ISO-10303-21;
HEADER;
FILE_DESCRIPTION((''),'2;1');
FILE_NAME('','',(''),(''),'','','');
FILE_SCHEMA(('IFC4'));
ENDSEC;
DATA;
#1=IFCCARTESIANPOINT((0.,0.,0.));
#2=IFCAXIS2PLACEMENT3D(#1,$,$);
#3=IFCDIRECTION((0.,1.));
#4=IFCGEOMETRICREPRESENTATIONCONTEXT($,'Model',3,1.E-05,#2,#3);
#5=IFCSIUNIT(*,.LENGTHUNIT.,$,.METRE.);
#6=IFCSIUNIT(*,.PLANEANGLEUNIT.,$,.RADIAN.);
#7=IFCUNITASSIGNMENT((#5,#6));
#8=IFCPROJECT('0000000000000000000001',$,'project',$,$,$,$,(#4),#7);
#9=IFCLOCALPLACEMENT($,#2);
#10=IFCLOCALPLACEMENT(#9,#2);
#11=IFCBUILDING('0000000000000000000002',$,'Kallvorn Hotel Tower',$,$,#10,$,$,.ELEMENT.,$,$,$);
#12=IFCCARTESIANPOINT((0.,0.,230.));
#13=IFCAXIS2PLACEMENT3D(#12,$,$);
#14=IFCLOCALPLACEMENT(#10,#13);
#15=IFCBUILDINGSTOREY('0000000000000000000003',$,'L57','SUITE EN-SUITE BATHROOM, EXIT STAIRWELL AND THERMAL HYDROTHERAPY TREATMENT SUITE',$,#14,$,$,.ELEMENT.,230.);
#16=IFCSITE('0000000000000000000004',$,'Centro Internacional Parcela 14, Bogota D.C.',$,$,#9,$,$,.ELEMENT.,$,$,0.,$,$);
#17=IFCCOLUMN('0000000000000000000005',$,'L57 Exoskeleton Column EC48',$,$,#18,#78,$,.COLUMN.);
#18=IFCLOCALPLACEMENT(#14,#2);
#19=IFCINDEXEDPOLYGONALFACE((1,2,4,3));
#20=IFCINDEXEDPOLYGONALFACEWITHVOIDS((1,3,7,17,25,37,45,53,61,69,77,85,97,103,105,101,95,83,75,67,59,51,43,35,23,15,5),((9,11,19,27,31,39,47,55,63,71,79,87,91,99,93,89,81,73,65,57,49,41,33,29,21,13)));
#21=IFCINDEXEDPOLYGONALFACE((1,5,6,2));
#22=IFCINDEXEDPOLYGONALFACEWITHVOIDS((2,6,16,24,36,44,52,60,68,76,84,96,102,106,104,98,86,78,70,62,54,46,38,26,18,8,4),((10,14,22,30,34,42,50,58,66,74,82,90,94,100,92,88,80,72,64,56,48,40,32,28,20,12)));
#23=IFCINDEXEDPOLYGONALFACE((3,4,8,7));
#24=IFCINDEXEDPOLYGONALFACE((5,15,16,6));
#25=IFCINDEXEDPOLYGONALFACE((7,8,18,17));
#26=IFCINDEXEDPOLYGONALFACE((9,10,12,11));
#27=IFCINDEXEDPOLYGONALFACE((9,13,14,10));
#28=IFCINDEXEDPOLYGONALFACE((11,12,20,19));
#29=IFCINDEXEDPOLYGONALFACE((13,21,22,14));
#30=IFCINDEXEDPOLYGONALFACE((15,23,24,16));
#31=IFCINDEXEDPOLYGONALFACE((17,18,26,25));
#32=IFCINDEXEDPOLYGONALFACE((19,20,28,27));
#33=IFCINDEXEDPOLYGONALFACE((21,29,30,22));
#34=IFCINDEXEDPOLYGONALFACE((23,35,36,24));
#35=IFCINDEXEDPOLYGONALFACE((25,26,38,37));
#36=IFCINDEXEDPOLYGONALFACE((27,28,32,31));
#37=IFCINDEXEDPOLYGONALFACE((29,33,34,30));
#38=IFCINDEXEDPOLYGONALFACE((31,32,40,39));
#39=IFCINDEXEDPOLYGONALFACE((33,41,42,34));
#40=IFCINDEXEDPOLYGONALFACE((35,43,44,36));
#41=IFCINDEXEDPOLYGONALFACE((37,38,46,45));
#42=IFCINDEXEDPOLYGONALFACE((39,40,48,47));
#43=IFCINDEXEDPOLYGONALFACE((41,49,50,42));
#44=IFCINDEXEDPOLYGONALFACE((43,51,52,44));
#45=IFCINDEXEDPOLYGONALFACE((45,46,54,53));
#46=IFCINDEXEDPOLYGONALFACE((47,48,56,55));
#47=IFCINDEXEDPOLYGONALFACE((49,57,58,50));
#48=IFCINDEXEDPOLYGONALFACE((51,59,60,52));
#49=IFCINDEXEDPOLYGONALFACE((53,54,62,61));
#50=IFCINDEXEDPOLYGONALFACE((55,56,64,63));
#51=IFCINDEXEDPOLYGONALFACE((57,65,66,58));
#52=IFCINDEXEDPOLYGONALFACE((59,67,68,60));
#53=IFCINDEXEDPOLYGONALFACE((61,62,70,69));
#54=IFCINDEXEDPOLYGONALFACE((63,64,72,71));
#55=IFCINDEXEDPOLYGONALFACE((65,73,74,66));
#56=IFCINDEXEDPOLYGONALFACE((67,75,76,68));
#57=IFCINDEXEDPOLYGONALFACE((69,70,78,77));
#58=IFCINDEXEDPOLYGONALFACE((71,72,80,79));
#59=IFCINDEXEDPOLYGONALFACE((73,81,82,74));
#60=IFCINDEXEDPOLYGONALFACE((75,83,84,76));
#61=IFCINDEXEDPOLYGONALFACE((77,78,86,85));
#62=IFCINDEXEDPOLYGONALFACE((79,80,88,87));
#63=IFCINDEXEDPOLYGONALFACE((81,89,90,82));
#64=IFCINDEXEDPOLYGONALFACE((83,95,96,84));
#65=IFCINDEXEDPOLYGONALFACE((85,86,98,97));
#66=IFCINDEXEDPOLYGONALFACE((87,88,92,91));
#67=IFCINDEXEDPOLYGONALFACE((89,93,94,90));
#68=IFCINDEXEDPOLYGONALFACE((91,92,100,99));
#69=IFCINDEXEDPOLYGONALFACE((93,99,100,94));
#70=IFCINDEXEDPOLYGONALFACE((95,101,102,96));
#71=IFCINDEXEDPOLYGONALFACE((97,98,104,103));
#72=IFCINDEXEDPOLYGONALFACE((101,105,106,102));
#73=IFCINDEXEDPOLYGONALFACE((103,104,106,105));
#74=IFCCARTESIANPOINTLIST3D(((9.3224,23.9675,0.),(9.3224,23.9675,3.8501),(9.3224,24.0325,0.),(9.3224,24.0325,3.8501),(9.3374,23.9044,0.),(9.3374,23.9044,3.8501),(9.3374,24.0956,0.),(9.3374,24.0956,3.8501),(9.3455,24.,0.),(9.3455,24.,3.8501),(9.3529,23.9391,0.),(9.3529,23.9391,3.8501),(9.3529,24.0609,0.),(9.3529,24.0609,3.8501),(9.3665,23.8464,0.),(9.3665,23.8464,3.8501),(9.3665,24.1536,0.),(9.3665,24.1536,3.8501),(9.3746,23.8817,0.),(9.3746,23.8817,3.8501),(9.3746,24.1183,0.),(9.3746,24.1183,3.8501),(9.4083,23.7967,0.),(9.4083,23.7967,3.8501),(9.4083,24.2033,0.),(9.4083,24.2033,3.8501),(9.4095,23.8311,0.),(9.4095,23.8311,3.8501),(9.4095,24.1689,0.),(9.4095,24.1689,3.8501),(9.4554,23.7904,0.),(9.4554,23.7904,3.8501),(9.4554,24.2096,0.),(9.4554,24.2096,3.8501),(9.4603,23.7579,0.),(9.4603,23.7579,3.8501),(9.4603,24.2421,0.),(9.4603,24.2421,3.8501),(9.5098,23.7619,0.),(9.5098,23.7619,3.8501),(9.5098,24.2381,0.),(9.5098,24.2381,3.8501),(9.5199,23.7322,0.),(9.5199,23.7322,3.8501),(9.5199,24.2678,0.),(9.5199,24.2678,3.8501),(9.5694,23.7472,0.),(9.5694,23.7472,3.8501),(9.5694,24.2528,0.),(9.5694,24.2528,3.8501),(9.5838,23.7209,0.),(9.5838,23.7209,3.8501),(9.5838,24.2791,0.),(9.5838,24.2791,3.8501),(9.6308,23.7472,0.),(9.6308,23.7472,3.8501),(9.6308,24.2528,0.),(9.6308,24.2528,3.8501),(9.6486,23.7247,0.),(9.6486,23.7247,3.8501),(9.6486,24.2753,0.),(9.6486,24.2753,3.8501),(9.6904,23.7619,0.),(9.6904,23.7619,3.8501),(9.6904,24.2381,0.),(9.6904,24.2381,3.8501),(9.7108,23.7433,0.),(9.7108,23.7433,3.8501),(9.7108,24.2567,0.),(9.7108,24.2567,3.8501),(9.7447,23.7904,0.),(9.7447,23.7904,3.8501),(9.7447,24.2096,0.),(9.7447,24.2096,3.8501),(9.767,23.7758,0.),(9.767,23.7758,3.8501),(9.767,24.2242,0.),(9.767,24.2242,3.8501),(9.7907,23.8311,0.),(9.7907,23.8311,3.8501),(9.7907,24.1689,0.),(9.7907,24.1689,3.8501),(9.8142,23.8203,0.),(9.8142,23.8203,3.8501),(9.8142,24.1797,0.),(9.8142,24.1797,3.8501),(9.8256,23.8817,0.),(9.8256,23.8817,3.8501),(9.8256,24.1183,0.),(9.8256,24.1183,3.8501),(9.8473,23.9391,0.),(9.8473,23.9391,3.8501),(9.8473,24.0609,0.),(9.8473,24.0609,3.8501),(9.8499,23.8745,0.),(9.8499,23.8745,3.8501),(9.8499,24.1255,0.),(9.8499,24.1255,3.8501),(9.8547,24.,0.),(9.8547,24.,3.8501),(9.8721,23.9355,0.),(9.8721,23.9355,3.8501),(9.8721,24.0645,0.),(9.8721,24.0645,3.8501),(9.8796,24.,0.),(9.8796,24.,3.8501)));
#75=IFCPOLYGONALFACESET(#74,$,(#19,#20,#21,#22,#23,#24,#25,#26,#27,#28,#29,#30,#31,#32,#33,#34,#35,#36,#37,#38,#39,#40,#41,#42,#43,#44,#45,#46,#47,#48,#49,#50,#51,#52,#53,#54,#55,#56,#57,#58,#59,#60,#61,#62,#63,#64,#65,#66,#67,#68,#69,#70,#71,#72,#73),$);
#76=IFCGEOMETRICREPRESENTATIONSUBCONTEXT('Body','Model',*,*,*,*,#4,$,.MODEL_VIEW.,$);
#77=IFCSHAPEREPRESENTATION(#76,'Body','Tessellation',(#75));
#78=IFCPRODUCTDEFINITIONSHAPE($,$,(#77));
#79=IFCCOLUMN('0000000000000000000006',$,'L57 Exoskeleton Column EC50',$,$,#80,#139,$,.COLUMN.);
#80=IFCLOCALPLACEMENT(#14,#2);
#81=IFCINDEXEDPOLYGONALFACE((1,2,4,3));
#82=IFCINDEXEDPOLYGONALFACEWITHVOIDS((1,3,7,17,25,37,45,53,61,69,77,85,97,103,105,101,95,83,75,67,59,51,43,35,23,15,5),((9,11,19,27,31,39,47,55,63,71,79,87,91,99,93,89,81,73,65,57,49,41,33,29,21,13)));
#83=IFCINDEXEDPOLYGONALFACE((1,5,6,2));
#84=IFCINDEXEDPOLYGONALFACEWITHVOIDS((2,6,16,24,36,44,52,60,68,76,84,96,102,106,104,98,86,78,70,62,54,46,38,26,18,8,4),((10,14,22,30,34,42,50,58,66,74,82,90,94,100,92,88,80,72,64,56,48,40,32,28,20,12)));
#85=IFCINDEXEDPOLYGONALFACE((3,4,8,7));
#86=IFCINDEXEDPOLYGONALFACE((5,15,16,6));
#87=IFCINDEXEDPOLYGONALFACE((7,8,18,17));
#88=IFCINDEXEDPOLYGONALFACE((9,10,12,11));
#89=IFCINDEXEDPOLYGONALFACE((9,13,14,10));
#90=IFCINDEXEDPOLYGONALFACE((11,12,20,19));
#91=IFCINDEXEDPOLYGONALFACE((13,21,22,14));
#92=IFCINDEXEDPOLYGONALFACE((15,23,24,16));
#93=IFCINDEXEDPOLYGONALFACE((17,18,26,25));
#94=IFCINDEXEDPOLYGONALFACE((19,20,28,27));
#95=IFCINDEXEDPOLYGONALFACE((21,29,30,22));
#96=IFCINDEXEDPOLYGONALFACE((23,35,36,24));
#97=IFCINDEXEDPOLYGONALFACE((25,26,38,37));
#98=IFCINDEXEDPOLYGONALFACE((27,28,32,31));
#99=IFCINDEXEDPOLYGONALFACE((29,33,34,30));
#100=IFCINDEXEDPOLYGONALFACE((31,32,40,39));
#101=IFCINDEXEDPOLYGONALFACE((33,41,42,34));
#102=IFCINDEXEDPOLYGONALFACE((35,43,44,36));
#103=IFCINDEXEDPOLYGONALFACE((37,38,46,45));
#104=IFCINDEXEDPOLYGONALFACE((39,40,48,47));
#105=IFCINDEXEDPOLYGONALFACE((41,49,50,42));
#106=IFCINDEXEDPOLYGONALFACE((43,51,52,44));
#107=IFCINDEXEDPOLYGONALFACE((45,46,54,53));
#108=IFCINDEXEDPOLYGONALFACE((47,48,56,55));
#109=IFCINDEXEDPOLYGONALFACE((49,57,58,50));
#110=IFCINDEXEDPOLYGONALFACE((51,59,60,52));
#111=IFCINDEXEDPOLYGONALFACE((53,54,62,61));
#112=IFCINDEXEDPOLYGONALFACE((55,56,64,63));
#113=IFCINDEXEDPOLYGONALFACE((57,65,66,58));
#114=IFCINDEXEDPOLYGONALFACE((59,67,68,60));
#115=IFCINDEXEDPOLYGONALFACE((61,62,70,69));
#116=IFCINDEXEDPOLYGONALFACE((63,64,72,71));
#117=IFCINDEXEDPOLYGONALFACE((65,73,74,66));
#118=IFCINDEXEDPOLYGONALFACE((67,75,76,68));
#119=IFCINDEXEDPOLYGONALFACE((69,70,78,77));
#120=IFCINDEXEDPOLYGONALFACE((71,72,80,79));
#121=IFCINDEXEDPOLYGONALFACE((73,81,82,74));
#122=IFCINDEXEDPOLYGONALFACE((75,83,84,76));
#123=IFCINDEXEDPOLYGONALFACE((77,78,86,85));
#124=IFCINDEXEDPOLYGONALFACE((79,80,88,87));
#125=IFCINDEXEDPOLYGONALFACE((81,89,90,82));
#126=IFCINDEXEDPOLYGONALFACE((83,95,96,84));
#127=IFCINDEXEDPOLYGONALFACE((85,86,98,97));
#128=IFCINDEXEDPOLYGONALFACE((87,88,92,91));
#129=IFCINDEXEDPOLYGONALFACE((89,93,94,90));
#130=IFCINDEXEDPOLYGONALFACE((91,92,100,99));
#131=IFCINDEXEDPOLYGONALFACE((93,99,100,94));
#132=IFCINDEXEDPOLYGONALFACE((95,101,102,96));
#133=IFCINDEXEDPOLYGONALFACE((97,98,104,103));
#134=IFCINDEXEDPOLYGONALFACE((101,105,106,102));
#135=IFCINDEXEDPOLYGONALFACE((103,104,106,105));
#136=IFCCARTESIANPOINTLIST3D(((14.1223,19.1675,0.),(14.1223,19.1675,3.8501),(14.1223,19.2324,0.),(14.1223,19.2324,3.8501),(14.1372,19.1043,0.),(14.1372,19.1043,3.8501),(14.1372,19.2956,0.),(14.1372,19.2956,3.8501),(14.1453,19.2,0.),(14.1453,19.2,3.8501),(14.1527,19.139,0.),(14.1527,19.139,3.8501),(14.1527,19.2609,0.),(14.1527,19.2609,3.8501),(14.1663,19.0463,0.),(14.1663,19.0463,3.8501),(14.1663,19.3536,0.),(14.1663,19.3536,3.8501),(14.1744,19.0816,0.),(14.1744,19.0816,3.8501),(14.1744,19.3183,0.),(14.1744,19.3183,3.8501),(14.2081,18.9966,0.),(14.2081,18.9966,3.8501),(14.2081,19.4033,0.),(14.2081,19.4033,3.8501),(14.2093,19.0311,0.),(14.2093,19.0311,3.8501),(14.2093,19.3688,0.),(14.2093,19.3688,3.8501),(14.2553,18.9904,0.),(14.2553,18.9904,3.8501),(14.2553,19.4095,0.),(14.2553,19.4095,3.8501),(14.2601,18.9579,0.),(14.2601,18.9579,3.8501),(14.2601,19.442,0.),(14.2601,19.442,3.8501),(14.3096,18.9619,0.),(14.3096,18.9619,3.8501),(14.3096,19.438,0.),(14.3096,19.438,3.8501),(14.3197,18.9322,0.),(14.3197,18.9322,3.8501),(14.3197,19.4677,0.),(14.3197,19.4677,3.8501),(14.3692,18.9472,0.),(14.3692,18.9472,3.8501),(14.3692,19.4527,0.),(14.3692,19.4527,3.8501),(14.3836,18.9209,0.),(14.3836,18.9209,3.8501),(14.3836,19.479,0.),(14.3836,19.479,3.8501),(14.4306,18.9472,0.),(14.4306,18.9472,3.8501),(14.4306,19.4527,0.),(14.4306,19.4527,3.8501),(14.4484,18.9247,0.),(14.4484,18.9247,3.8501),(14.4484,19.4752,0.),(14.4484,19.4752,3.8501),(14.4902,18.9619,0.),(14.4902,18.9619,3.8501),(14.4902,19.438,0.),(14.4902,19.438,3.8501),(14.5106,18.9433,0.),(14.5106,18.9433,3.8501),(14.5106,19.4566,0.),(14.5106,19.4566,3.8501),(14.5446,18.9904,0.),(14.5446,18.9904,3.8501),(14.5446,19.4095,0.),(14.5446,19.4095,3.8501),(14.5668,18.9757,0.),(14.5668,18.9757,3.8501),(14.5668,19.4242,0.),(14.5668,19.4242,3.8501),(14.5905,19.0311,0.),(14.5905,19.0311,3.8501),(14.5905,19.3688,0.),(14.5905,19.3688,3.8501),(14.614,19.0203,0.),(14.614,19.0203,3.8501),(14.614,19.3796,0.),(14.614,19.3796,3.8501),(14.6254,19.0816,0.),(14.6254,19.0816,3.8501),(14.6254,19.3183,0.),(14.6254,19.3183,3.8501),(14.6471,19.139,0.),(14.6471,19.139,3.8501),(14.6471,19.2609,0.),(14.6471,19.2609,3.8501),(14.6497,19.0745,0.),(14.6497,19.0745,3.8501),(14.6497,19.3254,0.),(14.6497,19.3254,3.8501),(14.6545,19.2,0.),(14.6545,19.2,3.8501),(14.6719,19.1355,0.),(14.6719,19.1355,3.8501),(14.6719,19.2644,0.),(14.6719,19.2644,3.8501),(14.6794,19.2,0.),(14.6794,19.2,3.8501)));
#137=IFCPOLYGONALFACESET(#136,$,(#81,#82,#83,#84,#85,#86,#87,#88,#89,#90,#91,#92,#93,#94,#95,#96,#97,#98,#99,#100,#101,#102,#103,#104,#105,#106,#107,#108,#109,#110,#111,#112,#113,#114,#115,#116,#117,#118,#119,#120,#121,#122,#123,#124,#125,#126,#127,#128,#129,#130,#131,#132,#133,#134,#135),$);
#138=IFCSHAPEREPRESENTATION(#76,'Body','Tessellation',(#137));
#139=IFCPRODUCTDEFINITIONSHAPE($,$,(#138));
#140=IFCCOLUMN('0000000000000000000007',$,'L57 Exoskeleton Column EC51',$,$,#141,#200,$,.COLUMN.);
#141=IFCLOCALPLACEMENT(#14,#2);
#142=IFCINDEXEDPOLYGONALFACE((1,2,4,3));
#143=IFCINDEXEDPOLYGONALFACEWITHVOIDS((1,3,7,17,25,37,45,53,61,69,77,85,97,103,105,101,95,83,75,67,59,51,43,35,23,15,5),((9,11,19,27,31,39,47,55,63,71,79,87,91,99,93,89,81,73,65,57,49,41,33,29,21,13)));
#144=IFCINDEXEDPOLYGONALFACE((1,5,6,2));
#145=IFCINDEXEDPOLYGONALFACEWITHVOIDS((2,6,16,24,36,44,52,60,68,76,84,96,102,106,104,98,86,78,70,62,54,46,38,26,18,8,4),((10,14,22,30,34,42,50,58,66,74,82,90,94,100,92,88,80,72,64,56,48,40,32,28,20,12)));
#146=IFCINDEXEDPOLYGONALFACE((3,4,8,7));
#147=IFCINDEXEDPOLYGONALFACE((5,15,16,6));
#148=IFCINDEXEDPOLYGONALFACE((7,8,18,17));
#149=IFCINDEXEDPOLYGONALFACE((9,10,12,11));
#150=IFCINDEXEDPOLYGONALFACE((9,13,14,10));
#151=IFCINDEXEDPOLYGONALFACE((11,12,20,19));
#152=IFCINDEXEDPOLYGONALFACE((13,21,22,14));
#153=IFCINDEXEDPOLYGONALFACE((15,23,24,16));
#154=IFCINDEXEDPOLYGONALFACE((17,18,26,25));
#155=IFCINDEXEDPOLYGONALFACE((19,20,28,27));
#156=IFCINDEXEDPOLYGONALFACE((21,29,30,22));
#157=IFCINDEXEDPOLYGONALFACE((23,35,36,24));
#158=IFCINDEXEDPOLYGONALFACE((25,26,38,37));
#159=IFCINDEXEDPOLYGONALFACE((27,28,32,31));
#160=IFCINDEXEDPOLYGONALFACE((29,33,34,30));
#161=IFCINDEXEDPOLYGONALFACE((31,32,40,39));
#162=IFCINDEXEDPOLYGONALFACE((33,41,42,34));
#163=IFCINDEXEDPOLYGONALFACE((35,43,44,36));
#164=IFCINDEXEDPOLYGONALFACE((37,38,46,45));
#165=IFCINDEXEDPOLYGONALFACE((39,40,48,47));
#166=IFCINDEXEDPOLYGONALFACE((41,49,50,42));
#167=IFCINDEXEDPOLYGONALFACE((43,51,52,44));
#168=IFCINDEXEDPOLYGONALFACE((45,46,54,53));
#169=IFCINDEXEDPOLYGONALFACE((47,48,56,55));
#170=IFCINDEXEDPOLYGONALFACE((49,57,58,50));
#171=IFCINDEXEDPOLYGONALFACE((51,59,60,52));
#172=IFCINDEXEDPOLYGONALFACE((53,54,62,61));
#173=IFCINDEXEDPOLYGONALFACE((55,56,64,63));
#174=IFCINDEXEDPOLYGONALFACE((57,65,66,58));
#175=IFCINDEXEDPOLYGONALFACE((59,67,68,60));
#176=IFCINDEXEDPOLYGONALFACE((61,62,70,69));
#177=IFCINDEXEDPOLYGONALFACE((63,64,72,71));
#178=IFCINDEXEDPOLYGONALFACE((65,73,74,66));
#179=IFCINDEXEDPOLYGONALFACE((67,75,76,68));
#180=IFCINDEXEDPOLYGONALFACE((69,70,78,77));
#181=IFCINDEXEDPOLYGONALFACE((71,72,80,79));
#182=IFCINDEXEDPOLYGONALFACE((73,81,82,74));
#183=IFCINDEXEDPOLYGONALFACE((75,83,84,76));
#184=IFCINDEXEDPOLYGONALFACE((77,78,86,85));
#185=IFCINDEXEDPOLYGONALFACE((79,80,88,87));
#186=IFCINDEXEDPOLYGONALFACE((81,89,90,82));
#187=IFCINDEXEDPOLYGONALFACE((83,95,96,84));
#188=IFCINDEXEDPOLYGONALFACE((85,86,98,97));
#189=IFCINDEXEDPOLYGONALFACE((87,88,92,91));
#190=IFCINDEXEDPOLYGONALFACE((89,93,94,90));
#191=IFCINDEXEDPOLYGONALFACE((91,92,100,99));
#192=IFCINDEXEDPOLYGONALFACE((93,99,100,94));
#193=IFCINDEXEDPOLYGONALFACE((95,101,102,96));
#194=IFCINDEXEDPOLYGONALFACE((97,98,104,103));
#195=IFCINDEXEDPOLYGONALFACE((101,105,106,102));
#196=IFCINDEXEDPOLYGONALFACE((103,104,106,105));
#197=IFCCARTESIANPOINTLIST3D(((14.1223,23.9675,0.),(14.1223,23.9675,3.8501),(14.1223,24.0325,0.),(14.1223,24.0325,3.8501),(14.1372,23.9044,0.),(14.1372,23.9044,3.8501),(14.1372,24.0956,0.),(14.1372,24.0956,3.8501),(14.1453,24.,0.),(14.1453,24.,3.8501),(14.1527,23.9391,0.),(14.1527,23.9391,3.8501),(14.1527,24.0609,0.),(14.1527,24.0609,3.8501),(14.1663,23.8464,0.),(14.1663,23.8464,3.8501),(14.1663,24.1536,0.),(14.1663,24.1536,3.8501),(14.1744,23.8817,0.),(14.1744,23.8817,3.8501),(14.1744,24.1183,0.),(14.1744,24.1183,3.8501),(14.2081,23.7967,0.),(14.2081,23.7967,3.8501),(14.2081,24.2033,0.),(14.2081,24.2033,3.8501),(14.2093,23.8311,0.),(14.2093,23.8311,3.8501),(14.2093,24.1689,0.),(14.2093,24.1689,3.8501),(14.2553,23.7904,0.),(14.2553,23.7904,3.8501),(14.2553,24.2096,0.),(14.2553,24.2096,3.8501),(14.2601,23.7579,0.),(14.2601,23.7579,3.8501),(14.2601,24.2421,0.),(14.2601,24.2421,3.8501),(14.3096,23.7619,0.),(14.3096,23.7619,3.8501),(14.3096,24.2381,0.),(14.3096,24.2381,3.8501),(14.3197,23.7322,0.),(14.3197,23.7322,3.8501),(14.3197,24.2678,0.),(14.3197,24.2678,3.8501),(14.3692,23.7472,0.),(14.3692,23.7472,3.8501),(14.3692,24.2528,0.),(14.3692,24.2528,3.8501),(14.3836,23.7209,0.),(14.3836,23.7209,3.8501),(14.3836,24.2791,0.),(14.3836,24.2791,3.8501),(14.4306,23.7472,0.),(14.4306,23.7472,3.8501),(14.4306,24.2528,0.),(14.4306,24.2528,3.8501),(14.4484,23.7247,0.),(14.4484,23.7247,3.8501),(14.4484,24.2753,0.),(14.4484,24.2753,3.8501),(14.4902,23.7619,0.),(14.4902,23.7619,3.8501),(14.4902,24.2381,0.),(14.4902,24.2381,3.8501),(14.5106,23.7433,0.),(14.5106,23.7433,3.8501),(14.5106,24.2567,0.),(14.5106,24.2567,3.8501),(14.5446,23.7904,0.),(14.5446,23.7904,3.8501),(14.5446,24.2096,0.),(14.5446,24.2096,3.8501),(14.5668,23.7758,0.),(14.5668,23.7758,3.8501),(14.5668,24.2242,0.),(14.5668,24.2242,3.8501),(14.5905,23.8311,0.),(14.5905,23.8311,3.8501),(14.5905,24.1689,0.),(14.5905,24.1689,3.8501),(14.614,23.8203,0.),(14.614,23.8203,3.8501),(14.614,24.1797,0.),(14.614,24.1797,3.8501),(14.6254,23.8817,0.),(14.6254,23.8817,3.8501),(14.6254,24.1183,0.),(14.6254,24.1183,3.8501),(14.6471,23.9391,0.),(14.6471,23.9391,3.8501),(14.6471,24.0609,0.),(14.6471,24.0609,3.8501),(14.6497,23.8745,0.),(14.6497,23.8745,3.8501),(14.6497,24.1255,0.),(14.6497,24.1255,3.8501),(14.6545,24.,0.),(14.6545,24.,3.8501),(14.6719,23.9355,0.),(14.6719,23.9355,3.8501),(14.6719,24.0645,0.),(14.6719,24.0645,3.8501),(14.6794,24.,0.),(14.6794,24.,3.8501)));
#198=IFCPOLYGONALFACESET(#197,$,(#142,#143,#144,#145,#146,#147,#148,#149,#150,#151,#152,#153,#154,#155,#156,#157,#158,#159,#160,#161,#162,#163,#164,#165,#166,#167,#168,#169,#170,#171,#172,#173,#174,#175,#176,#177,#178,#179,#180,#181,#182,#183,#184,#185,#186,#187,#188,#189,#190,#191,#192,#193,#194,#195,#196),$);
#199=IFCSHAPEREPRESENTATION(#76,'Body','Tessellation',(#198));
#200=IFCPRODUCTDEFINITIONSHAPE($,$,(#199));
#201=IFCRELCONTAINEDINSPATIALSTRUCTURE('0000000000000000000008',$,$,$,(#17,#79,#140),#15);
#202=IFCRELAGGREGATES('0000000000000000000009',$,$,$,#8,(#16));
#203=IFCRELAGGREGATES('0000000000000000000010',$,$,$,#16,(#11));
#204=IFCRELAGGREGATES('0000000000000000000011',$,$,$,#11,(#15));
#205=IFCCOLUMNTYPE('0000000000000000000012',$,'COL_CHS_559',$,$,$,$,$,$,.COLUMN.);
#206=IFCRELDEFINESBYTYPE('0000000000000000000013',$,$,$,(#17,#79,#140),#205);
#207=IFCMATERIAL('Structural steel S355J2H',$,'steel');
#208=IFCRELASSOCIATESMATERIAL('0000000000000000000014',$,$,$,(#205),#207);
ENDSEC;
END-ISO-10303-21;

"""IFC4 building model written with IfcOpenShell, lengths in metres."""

from ifc_helpers import new_model, si_unit, direction, frame, origin, origin_2d, place, context, subcontext, project, spatial, hollow_circle, extrude, material, material_profile, profile_set, type_object, element, save


model = new_model("IFC4")

# Units and contexts
model_context = context("Model", 3, precision=1e-05, world=origin(), true_north=direction((0.0, 1.0)))
body_context = subcontext(model_context, "Body", "Model", "MODEL_VIEW")
ifc_project = project(units=[si_unit("LENGTHUNIT", "METRE"), si_unit("PLANEANGLEUNIT", "RADIAN")], contexts=[model_context])

# Site, building, storey
site_placement = place(None, origin())
site = spatial("IfcSite", under=ifc_project, at=site_placement, Name="Centro Internacional Parcela 14, Bogota D.C.", CompositionType="ELEMENT", RefElevation=0.0)
building_placement = place(site_placement, origin())
building = spatial("IfcBuilding", under=site, at=building_placement, Name="Kallvorn Hotel Tower", CompositionType="ELEMENT")
storey_placement = place(building_placement, frame((0.0, 0.0, 230.0)))
storey = spatial("IfcBuildingStorey", under=building, at=storey_placement, Name="L57", Description="SUITE EN-SUITE BATHROOM, EXIT STAIRWELL AND THERMAL HYDROTHERAPY TREATMENT SUITE", CompositionType="ELEMENT", Elevation=230.0)

# Columns
ifc_material_1 = material(Name="Structural steel S355J2H", Category="steel")
ifc_material_profile_1 = material_profile(ifc_material_1, hollow_circle(Radius=0.2795, WallThickness=0.0249, at=origin_2d()), Name="CHS 559x25")
ifc_profile_set_1 = profile_set([ifc_material_profile_1], Name="Structural steel S355J2H")
column_type_1 = type_object("IfcColumnType", Name="COL_CHS_559", PredefinedType="COLUMN", material=ifc_profile_set_1)
for number, where, z_axis, x_axis, name in (
    (1, (9.6001, 24.0, 0.0), (0.0, 0.0, 1.0), (1.0, 0.0, 0.0), "L57 Exoskeleton Column EC48"),
    (2, (14.3999, 19.2, 0.0), (0.0, 0.0, 1.0), (1.0, 0.0, 0.0), "L57 Exoskeleton Column EC50"),
    (3, (14.3999, 24.0, 0.0), (0.0, 0.0, 1.0), (1.0, 0.0, 0.0), "L57 Exoskeleton Column EC51"),
):
    element("IfcColumn", number, at=place(storey_placement, frame(where, z_axis=z_axis, x_axis=x_axis)), inside=storey, type_object=column_type_1, Name=name, PredefinedType="COLUMN", context=body_context, shape_type="SweptSolid", body=[
        extrude(hollow_circle(Radius=0.2795, WallThickness=0.0249, at=origin_2d()), origin(), (0.0, 0.0, 1.0), 3.8501),
    ])

save(model, "model.ifc")
